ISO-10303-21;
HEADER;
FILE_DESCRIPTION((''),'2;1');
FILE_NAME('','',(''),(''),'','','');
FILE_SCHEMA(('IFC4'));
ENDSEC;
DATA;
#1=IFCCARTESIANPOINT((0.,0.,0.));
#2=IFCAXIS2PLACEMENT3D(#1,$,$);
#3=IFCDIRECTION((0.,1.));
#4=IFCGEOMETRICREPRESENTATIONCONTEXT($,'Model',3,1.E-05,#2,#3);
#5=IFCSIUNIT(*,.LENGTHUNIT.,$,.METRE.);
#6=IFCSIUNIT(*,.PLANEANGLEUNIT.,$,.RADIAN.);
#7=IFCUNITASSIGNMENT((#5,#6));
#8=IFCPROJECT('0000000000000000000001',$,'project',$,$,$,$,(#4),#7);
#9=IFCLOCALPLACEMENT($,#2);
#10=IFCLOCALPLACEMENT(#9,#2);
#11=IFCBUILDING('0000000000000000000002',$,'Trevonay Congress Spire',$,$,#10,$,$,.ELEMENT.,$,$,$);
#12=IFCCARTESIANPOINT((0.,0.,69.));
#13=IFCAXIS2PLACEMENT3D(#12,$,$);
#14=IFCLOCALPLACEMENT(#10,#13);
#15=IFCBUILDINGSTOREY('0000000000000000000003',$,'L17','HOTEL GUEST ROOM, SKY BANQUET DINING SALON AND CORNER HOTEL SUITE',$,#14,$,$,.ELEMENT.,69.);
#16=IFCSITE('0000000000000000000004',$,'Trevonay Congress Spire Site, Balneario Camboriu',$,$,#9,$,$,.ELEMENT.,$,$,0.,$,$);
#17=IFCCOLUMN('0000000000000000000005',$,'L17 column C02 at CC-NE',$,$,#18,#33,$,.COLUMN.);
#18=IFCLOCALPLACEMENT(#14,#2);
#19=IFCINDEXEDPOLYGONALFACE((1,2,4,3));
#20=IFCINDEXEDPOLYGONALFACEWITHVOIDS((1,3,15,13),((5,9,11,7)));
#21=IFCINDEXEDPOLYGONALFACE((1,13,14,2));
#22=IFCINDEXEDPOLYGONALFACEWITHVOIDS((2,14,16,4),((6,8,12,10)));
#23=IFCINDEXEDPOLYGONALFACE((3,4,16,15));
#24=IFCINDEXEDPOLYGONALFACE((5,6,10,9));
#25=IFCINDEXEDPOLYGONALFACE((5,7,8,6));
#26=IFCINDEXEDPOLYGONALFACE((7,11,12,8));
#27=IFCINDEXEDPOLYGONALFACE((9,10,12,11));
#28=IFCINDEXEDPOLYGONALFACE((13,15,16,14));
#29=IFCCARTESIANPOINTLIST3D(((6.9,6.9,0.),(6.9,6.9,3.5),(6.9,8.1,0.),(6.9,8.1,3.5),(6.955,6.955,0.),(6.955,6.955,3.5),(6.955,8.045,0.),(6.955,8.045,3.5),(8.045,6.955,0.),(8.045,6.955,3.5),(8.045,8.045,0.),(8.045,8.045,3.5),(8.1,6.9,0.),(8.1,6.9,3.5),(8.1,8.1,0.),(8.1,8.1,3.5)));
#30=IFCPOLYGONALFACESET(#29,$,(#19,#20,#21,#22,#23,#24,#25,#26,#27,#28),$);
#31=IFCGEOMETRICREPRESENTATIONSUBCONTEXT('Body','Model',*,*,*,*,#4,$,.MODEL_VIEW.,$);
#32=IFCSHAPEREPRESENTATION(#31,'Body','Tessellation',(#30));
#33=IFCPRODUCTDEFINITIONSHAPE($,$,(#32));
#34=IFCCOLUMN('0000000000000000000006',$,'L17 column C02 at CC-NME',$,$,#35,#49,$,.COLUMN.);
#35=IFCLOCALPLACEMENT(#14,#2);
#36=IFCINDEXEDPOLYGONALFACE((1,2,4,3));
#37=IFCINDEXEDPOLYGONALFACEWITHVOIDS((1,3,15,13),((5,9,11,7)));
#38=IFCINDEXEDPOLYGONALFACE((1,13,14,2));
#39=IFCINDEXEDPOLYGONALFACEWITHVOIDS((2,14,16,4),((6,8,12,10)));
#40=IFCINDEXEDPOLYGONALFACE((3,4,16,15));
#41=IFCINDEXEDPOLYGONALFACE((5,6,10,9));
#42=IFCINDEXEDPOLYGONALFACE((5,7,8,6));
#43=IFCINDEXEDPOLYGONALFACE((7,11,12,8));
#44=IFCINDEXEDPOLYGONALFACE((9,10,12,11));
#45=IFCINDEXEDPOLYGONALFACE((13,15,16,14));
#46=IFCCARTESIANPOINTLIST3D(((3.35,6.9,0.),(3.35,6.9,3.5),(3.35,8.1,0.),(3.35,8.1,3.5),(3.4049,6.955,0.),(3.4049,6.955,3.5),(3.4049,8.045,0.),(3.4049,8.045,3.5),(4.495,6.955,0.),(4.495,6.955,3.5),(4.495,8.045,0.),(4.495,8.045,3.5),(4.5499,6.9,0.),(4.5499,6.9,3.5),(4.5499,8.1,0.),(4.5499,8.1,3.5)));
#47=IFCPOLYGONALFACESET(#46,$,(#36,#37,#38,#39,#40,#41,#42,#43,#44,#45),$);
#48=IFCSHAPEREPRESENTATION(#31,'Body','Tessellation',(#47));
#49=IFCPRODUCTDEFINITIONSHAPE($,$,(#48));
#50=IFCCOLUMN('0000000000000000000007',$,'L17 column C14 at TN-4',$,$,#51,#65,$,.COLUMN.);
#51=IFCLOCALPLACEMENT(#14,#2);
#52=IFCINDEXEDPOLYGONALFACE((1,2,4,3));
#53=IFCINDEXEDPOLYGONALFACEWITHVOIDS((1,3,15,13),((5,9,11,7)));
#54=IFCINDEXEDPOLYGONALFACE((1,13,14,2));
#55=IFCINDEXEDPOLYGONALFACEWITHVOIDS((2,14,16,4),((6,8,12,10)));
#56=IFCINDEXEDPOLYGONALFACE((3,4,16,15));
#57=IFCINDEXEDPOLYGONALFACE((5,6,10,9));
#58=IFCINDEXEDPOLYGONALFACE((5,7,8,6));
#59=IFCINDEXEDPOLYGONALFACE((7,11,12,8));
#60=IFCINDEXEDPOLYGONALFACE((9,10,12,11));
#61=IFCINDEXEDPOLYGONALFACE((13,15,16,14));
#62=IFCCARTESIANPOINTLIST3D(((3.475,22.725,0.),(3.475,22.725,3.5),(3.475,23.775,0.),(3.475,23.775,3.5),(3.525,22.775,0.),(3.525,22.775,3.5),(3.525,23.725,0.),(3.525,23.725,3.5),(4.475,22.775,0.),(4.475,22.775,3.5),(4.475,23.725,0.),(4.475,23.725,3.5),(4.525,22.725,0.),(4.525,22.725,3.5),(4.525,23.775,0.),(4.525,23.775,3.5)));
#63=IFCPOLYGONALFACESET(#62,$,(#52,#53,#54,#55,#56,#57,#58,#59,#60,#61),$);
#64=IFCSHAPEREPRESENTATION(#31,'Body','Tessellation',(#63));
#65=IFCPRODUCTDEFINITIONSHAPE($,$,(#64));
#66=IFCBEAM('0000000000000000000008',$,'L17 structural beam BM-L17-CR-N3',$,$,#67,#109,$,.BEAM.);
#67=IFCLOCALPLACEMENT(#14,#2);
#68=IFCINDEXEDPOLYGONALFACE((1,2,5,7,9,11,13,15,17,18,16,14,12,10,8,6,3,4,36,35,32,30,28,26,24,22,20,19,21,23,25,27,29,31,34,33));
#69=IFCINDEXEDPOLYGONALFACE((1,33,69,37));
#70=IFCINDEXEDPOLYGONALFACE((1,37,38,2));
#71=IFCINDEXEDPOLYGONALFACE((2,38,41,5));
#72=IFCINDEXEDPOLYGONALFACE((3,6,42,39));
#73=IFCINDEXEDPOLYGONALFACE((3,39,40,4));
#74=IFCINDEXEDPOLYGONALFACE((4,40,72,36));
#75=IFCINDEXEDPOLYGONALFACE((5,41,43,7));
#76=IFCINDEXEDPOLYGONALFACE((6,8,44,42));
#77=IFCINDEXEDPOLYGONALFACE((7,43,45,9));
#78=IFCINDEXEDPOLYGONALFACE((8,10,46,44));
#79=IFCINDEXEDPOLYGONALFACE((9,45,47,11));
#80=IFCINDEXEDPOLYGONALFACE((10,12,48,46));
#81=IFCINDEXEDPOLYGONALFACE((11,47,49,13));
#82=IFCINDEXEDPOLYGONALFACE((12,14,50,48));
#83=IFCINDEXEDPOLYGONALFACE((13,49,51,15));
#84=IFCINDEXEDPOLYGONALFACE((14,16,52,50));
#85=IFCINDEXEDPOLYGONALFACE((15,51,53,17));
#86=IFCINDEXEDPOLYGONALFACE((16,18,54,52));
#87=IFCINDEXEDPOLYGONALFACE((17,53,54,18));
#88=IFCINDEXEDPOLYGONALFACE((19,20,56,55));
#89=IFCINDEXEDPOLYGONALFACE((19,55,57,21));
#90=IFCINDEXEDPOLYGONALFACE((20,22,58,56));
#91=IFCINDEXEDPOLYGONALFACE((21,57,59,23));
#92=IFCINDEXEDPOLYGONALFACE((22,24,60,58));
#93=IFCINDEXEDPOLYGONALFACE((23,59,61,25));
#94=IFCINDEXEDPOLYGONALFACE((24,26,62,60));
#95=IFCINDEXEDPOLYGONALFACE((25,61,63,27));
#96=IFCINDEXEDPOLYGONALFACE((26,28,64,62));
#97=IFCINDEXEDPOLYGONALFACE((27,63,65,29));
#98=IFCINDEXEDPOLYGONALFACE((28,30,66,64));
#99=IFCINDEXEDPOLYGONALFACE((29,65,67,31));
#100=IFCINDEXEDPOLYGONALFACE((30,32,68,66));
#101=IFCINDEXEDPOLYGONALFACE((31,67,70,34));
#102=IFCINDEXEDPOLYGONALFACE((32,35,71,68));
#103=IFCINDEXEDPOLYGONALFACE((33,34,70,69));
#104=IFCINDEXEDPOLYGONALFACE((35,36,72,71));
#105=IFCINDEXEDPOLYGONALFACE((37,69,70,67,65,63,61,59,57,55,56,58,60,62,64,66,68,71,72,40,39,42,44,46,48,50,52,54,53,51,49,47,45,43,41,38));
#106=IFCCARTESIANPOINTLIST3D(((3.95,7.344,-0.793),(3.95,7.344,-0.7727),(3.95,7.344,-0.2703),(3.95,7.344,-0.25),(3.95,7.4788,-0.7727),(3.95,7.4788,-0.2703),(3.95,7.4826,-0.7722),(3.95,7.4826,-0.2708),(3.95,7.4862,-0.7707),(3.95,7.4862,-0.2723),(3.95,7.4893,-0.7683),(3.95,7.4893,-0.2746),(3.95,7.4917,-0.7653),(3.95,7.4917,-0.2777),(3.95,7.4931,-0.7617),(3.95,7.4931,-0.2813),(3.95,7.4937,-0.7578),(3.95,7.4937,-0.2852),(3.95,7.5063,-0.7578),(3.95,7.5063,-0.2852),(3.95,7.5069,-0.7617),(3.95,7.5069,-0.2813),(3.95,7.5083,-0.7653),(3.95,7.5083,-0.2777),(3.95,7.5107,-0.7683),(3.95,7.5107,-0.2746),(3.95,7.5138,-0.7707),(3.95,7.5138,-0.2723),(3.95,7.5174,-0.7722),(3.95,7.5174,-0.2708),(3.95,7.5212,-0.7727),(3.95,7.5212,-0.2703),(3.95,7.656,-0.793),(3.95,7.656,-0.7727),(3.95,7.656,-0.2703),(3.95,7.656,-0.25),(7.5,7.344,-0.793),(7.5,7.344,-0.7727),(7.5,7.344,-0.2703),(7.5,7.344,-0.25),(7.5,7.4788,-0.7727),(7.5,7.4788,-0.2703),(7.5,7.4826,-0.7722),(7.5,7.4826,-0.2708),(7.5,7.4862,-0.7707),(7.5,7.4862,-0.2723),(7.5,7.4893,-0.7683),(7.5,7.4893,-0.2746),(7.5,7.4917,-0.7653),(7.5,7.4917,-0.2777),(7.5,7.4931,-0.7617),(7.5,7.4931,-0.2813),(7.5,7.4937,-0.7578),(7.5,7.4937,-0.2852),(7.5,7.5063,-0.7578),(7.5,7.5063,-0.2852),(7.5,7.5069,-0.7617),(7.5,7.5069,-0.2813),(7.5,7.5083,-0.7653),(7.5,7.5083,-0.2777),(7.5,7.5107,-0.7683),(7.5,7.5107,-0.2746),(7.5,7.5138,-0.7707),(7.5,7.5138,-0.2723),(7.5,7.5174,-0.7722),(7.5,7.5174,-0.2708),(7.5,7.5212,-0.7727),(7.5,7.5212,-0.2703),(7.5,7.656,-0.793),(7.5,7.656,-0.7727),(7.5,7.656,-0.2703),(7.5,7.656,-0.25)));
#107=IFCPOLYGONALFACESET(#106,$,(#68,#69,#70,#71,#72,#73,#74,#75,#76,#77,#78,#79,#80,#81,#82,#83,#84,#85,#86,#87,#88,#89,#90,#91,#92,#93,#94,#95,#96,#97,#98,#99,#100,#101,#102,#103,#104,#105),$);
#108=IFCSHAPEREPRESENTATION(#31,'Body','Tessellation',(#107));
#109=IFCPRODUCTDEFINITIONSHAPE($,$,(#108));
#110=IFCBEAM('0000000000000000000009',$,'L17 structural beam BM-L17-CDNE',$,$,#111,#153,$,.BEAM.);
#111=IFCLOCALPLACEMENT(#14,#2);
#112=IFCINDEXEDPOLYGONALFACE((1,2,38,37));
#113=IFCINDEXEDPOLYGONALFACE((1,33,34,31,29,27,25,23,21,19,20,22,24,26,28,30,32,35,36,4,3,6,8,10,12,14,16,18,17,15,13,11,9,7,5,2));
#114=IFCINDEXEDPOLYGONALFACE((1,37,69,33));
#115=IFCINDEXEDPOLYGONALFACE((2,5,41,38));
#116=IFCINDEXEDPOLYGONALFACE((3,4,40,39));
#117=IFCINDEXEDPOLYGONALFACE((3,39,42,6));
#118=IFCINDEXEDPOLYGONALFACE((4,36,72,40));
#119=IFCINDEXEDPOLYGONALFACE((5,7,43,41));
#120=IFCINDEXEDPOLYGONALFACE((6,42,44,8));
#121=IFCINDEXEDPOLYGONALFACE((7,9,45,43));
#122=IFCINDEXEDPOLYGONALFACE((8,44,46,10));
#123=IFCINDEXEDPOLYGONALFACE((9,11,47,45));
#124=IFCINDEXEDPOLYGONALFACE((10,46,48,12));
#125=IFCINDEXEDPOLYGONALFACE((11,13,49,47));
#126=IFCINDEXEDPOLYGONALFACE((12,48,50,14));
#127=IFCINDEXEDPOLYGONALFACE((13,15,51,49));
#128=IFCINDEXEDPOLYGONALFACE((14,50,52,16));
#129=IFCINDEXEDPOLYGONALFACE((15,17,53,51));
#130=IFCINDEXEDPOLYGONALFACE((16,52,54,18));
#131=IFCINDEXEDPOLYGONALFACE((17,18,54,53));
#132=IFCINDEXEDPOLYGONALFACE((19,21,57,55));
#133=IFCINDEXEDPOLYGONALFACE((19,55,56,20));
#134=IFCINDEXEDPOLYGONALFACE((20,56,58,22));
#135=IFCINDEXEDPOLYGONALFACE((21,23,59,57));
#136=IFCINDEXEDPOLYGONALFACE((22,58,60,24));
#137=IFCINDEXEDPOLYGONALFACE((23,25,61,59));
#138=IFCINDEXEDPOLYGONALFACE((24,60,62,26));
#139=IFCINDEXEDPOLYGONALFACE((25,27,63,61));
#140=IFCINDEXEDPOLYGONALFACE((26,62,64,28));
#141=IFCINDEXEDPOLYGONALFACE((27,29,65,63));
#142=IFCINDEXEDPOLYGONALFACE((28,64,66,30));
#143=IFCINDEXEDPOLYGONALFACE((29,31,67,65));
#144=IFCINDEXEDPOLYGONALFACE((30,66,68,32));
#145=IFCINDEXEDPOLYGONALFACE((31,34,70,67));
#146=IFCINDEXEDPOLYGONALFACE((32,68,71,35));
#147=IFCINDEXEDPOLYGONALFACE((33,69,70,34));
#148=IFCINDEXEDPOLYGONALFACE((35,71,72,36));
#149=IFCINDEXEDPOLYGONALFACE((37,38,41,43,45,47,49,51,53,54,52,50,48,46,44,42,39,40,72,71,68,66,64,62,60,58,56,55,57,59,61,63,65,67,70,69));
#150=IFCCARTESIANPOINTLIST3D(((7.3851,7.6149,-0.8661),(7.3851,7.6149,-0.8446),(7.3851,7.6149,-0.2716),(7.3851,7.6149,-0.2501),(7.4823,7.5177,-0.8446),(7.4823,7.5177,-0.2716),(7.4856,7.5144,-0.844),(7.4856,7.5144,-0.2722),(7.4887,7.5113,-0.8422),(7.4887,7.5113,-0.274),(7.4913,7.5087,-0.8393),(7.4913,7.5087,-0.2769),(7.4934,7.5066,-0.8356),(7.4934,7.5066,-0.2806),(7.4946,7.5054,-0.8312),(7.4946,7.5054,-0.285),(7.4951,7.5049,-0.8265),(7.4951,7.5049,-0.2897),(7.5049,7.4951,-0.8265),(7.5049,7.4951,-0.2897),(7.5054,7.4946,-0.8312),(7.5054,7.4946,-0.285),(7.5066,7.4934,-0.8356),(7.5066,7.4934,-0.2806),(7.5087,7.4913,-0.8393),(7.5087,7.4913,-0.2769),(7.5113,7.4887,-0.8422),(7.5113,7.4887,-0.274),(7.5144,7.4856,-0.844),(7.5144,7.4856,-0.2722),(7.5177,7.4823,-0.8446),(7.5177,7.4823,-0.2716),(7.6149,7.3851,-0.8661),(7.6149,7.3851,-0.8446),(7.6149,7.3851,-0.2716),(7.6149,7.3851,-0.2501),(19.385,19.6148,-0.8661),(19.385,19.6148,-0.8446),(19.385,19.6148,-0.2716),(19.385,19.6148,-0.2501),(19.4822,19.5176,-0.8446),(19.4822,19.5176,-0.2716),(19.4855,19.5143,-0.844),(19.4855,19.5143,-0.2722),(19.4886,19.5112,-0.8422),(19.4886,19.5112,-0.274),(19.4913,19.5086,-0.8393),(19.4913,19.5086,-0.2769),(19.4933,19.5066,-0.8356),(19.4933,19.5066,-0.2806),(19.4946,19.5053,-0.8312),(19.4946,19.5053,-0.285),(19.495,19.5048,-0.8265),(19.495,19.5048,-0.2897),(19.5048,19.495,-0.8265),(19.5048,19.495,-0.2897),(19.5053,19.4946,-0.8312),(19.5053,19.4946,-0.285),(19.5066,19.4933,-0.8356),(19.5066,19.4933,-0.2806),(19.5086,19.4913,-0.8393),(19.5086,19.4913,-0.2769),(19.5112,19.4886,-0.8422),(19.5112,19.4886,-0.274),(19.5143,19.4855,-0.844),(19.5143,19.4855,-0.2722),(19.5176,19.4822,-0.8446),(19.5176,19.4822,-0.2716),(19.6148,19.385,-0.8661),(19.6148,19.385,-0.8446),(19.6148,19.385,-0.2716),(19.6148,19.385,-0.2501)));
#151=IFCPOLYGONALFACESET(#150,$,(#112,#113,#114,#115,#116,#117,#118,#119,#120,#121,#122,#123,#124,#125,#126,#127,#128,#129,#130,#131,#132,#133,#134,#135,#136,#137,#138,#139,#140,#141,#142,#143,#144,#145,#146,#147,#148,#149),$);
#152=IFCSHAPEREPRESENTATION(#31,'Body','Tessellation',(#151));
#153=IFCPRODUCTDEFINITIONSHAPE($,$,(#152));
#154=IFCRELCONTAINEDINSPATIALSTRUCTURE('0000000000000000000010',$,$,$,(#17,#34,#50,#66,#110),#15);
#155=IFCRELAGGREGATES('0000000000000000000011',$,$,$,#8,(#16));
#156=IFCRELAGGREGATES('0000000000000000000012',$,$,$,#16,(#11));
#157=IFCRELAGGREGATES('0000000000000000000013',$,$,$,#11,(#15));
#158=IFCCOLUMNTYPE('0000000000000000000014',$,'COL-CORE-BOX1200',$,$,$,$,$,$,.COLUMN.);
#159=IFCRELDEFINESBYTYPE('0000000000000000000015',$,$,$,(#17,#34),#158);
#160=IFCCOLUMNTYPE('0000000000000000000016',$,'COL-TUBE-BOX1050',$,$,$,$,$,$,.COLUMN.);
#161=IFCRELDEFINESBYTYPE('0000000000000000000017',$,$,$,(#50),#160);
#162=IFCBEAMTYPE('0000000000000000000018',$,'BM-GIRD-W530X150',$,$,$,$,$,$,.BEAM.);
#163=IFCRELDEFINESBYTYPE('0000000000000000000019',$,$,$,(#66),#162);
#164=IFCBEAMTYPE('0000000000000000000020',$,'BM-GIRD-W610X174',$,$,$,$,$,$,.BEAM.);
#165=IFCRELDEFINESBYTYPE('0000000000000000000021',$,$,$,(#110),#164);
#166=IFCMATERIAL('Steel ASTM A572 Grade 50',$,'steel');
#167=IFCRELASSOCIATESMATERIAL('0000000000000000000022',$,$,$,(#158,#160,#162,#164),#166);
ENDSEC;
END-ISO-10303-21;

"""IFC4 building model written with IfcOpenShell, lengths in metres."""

from ifc_helpers import new_model, si_unit, direction, frame, origin, origin_2d, place, context, subcontext, project, spatial, hollow_rectangle, i_section, extrude, material, material_profile, profile_set, type_object, element, save


model = new_model("IFC4")

# Units and contexts
model_context = context("Model", 3, precision=1e-05, world=origin(), true_north=direction((0.0, 1.0)))
body_context = subcontext(model_context, "Body", "Model", "MODEL_VIEW")
ifc_project = project(units=[si_unit("LENGTHUNIT", "METRE"), si_unit("PLANEANGLEUNIT", "RADIAN")], contexts=[model_context])

# Site, building, storey
site_placement = place(None, origin())
site = spatial("IfcSite", under=ifc_project, at=site_placement, Name="Trevonay Congress Spire Site, Balneario Camboriu", CompositionType="ELEMENT", RefElevation=0.0)
building_placement = place(site_placement, origin())
building = spatial("IfcBuilding", under=site, at=building_placement, Name="Trevonay Congress Spire", CompositionType="ELEMENT")
storey_placement = place(building_placement, frame((0.0, 0.0, 69.0)))
storey = spatial("IfcBuildingStorey", under=building, at=storey_placement, Name="L17", Description="HOTEL GUEST ROOM, SKY BANQUET DINING SALON AND CORNER HOTEL SUITE", CompositionType="ELEMENT", Elevation=69.0)

# Columns
ifc_material_1 = material(Name="Steel ASTM A572 Grade 50", Category="steel")
ifc_material_profile_1 = material_profile(ifc_material_1, hollow_rectangle(XDim=1.2, YDim=1.2, WallThickness=0.0549, at=origin_2d()), Name="BOX 1200x1200x55")
ifc_profile_set_1 = profile_set([ifc_material_profile_1], Name="Steel ASTM A572 Grade 50")
column_type_1 = type_object("IfcColumnType", Name="COL-CORE-BOX1200", PredefinedType="COLUMN", material=ifc_profile_set_1)
for number, where, z_axis, x_axis, name in (
    (1, (7.5, 7.5, 0.0), (0.0, 0.0, 1.0), (1.0, 0.0, 0.0), "L17 column C02 at CC-NE"),
    (2, (3.95, 7.5, 0.0), (0.0, 0.0, 1.0), (1.0, 0.0, 0.0), "L17 column C02 at CC-NME"),
):
    element("IfcColumn", number, at=place(storey_placement, frame(where, z_axis=z_axis, x_axis=x_axis)), inside=storey, type_object=column_type_1, Name=name, PredefinedType="COLUMN", context=body_context, shape_type="SweptSolid", body=[
        extrude(hollow_rectangle(XDim=1.2, YDim=1.2, WallThickness=0.0549, at=origin_2d()), origin(), (0.0, 0.0, 1.0), 3.5),
    ])
ifc_material_profile_2 = material_profile(ifc_material_1, hollow_rectangle(XDim=1.05, YDim=1.05, WallThickness=0.05, at=origin_2d()), Name="BOX 1050x1050x50")
ifc_profile_set_2 = profile_set([ifc_material_profile_2], Name="Steel ASTM A572 Grade 50")
column_type_2 = type_object("IfcColumnType", Name="COL-TUBE-BOX1050", PredefinedType="COLUMN", material=ifc_profile_set_2)
column_placement = place(storey_placement, frame((4.0, 23.25, 0.0), z_axis=(0.0, 0.0, 1.0), x_axis=(1.0, 0.0, 0.0)))
element("IfcColumn", 3, at=column_placement, inside=storey, type_object=column_type_2, Name="L17 column C14 at TN-4", PredefinedType="COLUMN", context=body_context, shape_type="SweptSolid", body=[
    extrude(hollow_rectangle(XDim=1.05, YDim=1.05, WallThickness=0.05, at=origin_2d()), origin(), (0.0, 0.0, 1.0), 3.5),
])

# Beams
ifc_material_profile_3 = material_profile(ifc_material_1, i_section(OverallWidth=0.312, OverallDepth=0.543, WebThickness=0.0127, FlangeThickness=0.0203, FilletRadius=0.0149, at=origin_2d()), Name="W530x150")
ifc_profile_set_3 = profile_set([ifc_material_profile_3], Name="Steel ASTM A572 Grade 50")
beam_type_1 = type_object("IfcBeamType", Name="BM-GIRD-W530X150", PredefinedType="BEAM", material=ifc_profile_set_3)
beam_1_placement = place(storey_placement, frame((3.95, 7.5, -0.5215), z_axis=(1.0, 0.0, 0.0), x_axis=(0.0, 1.0, 0.0)))
element("IfcBeam", 4, at=beam_1_placement, inside=storey, type_object=beam_type_1, Name="L17 structural beam BM-L17-CR-N3", PredefinedType="BEAM", context=body_context, shape_type="SweptSolid", body=[
    extrude(i_section(OverallWidth=0.312, OverallDepth=0.543, WebThickness=0.0127, FlangeThickness=0.0203, FilletRadius=0.0149, at=origin_2d()), origin(), (0.0, 0.0, 1.0), 3.55),
])
ifc_material_profile_4 = material_profile(ifc_material_1, i_section(OverallWidth=0.325, OverallDepth=0.616, WebThickness=0.0139, FlangeThickness=0.0215, FilletRadius=0.0181, at=origin_2d()), Name="W610x174")
ifc_profile_set_4 = profile_set([ifc_material_profile_4], Name="Steel ASTM A572 Grade 50")
beam_type_2 = type_object("IfcBeamType", Name="BM-GIRD-W610X174", PredefinedType="BEAM", material=ifc_profile_set_4)
beam_2_placement = place(storey_placement, frame((7.5, 7.5, -0.5581), z_axis=(0.707107, 0.707107, 0.0), x_axis=(-0.707107, 0.707107, 0.0)))
element("IfcBeam", 5, at=beam_2_placement, inside=storey, type_object=beam_type_2, Name="L17 structural beam BM-L17-CDNE", PredefinedType="BEAM", context=body_context, shape_type="SweptSolid", body=[
    extrude(i_section(OverallWidth=0.325, OverallDepth=0.616, WebThickness=0.0139, FlangeThickness=0.0215, FilletRadius=0.0181, at=origin_2d()), origin(), (0.0, 0.0, 1.0), 16.9705),
])

save(model, "model.ifc")
